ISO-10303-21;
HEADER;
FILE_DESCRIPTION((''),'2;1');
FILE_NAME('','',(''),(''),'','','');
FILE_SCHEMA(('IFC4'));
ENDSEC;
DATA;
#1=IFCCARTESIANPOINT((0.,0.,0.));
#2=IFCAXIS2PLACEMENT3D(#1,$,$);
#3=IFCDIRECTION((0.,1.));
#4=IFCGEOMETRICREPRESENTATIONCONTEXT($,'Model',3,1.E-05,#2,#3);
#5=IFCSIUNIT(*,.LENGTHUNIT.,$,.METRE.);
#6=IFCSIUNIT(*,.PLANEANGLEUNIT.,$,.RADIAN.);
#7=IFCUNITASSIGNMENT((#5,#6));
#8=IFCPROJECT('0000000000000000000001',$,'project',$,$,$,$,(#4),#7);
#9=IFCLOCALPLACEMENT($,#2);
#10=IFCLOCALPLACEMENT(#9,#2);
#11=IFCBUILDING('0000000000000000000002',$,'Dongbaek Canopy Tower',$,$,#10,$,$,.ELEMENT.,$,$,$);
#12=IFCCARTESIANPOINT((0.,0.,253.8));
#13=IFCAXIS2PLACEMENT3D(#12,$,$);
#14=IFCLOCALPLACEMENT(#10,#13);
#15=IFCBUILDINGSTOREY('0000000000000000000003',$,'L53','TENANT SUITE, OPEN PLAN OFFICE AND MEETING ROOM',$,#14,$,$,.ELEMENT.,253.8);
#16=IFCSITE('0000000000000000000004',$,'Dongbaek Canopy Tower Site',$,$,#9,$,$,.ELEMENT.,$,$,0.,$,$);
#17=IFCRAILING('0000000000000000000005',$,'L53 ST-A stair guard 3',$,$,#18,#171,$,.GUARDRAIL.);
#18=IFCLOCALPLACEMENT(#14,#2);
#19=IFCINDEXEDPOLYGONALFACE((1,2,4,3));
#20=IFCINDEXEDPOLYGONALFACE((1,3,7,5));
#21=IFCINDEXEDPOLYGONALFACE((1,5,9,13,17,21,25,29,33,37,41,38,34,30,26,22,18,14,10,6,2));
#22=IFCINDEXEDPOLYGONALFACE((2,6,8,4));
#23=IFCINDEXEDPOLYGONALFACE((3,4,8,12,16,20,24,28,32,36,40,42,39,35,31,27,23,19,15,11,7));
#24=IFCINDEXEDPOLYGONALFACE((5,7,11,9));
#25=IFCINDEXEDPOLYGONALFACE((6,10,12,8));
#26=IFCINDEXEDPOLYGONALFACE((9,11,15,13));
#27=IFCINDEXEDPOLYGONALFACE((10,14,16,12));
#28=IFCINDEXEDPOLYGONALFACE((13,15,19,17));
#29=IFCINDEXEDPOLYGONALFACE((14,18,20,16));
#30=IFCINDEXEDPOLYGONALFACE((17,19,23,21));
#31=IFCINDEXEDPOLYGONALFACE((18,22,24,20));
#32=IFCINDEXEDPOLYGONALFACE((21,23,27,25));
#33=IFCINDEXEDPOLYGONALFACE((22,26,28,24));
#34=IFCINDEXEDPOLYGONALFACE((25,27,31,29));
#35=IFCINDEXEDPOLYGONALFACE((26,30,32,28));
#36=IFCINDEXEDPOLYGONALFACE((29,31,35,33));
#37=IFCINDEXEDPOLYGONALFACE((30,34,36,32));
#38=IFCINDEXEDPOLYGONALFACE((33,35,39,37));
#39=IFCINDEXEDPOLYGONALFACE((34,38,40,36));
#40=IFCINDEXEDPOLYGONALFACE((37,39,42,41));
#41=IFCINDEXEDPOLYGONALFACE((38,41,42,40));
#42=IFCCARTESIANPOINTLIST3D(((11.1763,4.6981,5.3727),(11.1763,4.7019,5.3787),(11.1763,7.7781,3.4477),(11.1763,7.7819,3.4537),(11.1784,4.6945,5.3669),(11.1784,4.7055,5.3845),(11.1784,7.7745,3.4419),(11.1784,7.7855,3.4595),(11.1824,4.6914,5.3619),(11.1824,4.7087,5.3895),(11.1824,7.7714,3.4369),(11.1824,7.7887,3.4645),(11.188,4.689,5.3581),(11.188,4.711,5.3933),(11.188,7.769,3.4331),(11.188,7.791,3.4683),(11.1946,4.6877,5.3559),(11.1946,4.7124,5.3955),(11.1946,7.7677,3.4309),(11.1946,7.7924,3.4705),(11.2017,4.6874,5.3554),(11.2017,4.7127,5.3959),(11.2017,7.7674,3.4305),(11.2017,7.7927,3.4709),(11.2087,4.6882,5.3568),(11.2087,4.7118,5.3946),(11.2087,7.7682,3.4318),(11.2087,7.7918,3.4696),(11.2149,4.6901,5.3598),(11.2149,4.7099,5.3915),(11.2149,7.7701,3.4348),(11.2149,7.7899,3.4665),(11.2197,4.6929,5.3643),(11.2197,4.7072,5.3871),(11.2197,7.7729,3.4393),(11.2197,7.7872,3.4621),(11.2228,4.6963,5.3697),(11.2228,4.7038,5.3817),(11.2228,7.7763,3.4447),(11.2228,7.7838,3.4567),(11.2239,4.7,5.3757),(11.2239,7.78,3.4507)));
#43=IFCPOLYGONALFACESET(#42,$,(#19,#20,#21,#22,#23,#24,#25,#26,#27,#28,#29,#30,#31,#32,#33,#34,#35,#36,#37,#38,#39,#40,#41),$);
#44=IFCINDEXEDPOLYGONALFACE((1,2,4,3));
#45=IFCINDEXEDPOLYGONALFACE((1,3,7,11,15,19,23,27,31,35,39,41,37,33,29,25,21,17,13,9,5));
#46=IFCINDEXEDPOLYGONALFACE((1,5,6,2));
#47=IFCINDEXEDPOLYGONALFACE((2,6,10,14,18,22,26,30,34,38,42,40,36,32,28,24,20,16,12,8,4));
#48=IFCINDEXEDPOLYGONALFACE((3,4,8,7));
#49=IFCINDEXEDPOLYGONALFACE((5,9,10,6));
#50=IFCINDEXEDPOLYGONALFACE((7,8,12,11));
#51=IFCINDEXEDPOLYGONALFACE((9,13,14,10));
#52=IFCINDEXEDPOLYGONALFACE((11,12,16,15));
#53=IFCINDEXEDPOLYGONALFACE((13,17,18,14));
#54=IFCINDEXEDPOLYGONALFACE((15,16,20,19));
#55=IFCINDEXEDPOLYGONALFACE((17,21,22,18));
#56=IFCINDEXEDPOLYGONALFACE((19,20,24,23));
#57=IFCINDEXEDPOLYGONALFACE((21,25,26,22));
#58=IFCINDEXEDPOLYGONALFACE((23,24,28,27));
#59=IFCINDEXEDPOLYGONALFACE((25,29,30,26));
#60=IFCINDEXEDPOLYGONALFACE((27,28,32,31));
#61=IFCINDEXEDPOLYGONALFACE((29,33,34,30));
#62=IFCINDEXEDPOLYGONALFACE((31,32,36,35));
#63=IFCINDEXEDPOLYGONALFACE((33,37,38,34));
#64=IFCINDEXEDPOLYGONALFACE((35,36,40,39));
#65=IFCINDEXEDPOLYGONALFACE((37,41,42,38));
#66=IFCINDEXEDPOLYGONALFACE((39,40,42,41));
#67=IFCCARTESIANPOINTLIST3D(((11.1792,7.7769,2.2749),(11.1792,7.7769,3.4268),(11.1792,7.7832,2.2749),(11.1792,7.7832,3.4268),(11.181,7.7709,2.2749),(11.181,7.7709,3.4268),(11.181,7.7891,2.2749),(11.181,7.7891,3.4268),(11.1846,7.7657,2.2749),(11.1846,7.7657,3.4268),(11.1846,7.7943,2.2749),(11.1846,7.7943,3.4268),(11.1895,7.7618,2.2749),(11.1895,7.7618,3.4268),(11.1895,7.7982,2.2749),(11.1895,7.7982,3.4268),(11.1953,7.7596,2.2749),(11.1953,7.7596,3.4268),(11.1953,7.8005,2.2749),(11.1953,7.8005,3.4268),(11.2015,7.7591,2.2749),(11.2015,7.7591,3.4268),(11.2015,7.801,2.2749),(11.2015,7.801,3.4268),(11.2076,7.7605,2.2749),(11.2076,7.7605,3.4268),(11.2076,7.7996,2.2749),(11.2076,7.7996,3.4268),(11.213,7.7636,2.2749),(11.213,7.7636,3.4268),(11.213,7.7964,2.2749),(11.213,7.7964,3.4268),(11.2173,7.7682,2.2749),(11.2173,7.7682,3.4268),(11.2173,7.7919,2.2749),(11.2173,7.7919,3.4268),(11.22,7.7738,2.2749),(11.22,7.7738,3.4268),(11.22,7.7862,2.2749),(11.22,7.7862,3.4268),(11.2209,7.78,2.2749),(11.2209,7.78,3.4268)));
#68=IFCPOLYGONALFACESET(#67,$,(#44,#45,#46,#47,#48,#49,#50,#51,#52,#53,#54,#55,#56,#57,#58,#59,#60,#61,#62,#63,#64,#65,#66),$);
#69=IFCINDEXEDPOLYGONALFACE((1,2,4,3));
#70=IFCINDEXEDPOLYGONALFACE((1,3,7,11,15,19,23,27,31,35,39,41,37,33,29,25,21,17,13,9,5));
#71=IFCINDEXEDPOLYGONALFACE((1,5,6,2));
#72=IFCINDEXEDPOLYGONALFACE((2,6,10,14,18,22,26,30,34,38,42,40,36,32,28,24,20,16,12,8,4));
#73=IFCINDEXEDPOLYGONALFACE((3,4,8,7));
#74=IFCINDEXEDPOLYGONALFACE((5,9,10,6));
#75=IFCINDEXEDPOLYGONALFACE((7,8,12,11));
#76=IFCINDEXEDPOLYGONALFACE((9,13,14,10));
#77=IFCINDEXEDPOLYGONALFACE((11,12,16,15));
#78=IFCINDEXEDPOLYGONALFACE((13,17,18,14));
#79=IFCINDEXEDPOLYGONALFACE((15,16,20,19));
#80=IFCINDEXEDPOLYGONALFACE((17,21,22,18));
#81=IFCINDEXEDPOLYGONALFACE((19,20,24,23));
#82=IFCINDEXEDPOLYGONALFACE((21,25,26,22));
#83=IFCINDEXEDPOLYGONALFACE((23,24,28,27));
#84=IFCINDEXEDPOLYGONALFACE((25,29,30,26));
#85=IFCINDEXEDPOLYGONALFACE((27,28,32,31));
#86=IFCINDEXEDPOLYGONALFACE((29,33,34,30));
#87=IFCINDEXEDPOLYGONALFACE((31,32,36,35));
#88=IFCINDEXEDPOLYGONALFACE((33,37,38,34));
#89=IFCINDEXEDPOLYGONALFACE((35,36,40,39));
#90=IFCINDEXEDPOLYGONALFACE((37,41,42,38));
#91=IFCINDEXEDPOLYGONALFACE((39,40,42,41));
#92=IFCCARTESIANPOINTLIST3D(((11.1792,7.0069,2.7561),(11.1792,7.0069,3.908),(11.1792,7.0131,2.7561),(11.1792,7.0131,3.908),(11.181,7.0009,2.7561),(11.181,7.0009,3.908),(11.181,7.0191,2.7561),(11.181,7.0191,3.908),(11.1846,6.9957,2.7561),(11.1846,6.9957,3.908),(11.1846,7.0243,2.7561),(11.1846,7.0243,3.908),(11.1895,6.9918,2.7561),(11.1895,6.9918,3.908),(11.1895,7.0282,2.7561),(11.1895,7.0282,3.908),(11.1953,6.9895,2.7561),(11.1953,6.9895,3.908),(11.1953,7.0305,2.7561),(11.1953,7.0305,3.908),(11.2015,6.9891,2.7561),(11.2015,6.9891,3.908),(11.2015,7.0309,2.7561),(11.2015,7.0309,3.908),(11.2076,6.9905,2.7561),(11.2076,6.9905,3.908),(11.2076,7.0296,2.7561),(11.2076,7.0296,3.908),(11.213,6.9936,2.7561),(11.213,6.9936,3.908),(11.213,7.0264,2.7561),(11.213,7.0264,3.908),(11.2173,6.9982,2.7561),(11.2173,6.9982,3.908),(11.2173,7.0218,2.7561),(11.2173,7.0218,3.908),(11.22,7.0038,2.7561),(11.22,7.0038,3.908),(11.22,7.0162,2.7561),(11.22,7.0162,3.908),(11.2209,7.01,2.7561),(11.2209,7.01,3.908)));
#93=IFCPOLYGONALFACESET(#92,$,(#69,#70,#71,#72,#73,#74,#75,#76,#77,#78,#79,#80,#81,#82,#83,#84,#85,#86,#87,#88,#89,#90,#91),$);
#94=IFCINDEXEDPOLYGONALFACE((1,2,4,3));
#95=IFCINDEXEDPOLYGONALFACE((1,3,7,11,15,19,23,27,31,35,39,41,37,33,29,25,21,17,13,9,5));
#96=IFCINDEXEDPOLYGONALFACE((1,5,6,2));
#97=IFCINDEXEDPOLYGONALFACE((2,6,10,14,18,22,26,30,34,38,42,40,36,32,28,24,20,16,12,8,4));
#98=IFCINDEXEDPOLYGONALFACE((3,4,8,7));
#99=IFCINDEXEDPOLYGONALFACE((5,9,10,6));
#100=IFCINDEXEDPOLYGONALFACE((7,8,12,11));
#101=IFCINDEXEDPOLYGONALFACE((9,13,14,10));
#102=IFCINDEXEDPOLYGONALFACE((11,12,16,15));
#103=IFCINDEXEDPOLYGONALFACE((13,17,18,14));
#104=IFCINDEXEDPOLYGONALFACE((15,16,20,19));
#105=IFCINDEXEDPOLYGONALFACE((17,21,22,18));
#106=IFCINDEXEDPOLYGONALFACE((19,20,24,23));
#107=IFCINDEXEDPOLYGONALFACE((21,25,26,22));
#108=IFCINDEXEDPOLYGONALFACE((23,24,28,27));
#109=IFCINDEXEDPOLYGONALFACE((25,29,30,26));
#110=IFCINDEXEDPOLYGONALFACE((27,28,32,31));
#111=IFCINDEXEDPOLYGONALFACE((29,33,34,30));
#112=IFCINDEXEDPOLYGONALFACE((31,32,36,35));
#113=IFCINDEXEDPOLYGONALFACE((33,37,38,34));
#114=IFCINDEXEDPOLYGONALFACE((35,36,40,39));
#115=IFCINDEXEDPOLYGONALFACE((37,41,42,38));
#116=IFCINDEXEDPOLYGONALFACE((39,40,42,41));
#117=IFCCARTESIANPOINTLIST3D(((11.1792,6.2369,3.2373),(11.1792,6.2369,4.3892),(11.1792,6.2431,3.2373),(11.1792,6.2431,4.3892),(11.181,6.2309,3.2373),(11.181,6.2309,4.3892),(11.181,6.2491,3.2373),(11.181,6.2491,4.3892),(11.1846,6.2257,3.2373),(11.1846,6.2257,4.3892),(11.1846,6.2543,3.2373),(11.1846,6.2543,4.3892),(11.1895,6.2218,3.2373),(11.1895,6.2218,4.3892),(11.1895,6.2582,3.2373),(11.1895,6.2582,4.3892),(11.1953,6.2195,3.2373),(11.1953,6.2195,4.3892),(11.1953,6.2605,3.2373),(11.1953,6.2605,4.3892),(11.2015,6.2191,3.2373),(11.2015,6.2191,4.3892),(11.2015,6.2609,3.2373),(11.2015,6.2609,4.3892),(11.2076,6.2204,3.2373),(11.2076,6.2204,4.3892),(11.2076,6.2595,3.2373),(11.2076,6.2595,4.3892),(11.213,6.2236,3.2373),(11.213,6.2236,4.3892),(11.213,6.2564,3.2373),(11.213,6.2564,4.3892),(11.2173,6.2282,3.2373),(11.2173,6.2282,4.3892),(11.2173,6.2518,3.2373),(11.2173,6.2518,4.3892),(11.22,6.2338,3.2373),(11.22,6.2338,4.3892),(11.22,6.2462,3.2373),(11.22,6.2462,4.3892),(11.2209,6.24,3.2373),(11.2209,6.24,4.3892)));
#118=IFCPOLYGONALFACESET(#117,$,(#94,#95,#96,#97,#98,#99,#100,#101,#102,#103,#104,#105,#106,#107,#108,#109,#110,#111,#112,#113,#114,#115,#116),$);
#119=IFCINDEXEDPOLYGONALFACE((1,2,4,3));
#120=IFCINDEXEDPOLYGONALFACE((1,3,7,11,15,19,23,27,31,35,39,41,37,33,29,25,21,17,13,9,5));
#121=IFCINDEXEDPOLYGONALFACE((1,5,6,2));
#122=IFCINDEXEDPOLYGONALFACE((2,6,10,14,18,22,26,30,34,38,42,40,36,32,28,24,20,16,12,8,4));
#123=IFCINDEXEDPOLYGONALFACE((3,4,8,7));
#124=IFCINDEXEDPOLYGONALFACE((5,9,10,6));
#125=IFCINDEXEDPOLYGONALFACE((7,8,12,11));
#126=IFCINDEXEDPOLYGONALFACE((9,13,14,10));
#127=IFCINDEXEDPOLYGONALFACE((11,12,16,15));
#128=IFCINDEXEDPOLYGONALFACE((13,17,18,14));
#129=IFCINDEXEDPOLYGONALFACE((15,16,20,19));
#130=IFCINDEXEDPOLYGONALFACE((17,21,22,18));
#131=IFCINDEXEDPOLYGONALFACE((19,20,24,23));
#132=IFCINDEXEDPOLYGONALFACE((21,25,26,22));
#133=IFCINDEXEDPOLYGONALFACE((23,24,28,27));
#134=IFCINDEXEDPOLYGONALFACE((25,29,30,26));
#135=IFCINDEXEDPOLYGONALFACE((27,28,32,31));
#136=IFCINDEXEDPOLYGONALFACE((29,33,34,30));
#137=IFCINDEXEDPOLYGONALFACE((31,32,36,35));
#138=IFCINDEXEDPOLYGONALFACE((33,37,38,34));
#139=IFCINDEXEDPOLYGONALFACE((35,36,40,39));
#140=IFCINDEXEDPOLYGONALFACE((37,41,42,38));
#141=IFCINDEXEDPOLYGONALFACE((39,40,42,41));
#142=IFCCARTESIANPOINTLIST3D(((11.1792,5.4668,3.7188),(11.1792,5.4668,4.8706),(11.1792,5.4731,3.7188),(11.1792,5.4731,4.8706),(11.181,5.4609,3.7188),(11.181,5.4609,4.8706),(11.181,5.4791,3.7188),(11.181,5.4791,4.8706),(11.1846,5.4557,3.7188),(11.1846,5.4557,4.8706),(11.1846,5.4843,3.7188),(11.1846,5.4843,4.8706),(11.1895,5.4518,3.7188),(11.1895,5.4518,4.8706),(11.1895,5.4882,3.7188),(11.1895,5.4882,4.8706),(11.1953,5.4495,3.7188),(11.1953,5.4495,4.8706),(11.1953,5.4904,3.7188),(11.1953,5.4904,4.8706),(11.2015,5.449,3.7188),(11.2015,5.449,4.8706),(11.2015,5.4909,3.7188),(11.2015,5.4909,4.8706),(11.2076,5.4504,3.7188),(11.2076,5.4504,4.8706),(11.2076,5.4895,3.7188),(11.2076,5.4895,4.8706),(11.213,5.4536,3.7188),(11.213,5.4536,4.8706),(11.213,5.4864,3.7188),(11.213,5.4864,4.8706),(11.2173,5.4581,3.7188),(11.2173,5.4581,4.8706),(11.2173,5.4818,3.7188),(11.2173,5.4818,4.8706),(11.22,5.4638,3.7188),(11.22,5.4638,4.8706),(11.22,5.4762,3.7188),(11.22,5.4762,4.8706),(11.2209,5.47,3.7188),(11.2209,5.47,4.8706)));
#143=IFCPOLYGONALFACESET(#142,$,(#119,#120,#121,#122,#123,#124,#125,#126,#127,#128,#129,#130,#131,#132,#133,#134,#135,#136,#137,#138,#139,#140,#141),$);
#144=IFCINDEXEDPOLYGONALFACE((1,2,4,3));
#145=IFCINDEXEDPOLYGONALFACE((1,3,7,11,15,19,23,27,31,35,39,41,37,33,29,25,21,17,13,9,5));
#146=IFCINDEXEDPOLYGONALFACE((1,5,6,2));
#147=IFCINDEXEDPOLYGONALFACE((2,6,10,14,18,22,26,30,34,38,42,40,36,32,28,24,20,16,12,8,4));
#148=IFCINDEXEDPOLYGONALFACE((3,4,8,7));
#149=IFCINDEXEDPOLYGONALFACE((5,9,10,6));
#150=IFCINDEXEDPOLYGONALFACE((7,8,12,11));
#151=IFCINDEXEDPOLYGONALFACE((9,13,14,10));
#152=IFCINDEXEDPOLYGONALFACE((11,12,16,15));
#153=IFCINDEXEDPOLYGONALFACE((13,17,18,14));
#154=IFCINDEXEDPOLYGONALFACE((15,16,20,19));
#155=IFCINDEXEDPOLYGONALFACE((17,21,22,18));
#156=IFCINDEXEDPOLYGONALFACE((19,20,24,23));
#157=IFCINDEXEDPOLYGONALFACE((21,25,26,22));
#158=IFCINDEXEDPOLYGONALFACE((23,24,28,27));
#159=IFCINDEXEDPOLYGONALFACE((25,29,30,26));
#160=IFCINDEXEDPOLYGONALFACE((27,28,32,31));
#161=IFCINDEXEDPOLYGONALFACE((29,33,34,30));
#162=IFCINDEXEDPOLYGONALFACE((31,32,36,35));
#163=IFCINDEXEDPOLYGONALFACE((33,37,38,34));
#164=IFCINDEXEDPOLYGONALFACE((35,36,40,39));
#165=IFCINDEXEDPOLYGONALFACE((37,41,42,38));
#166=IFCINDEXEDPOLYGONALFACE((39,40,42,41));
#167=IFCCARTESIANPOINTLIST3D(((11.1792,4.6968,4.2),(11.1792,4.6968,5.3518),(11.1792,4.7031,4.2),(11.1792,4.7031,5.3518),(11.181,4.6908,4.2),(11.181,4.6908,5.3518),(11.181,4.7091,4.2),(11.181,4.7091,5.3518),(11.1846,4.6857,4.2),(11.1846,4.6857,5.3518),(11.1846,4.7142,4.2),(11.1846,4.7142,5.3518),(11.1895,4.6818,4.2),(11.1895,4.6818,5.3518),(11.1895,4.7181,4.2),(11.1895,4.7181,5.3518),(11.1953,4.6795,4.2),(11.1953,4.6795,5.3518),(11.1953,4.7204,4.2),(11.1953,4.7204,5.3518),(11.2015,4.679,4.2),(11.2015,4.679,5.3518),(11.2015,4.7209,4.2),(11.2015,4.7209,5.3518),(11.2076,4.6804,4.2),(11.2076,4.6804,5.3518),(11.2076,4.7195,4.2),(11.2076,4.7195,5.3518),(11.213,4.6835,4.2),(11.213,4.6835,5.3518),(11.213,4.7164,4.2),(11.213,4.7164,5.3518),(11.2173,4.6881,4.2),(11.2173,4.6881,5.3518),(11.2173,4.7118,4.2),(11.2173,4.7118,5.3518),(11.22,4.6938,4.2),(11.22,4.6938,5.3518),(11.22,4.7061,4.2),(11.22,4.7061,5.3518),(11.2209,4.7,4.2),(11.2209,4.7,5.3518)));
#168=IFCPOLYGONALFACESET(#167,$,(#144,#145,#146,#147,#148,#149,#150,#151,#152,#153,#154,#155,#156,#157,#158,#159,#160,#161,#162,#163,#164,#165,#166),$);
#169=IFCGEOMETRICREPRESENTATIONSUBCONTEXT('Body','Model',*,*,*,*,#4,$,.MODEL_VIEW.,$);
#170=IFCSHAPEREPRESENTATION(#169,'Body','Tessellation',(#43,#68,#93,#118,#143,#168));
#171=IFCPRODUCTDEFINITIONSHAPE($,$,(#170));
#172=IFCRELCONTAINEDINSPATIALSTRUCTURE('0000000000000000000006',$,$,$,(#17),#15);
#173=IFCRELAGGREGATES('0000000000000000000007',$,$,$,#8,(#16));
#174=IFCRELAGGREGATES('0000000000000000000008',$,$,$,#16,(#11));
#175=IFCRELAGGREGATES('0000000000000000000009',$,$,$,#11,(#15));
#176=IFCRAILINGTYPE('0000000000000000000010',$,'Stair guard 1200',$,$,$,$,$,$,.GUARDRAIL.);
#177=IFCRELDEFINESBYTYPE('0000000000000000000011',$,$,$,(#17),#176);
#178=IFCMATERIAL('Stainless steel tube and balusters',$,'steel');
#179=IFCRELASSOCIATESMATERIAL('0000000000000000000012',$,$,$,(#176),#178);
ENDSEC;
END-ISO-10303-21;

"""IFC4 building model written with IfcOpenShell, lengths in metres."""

from ifc_helpers import new_model, si_unit, direction, frame, origin, origin_2d, place, context, subcontext, project, spatial, circle, extrude, material, type_object, element, save


model = new_model("IFC4")

# Units and contexts
model_context = context("Model", 3, precision=1e-05, world=origin(), true_north=direction((0.0, 1.0)))
body_context = subcontext(model_context, "Body", "Model", "MODEL_VIEW")
ifc_project = project(units=[si_unit("LENGTHUNIT", "METRE"), si_unit("PLANEANGLEUNIT", "RADIAN")], contexts=[model_context])

# Site, building, storey
site_placement = place(None, origin())
site = spatial("IfcSite", under=ifc_project, at=site_placement, Name="Dongbaek Canopy Tower Site", CompositionType="ELEMENT", RefElevation=0.0)
building_placement = place(site_placement, origin())
building = spatial("IfcBuilding", under=site, at=building_placement, Name="Dongbaek Canopy Tower", CompositionType="ELEMENT")
storey_placement = place(building_placement, frame((0.0, 0.0, 253.8)))
storey = spatial("IfcBuildingStorey", under=building, at=storey_placement, Name="L53", Description="TENANT SUITE, OPEN PLAN OFFICE AND MEETING ROOM", CompositionType="ELEMENT", Elevation=253.8)

# Railing
ifc_material_1 = material(Name="Stainless steel tube and balusters", Category="steel")
railing_type_1 = type_object("IfcRailingType", Name="Stair guard 1200", PredefinedType="GUARDRAIL", material=ifc_material_1)
railing_1_placement = place(storey_placement, frame((11.2, 7.78, 2.2749)))
element("IfcRailing", 1, at=railing_1_placement, inside=storey, type_object=railing_type_1, Name="L53 ST-A stair guard 3", PredefinedType="GUARDRAIL", context=body_context, shape_type="SweptSolid", body=[
    extrude(circle(Radius=0.0239, at=origin_2d()), frame((0.0, 0.0, 1.1758), z_axis=(0.0, -0.847998, 0.529999), x_axis=(1.0, 0.0, 0.0)), (0.0, 0.0, 1.0), 3.6321),
    extrude(circle(Radius=0.021, at=origin_2d()), origin(), (0.0, 0.0, 1.0), 1.1519),
    extrude(circle(Radius=0.021, at=origin_2d()), frame((0.0, -0.77, 0.4812)), (0.0, 0.0, 1.0), 1.1519),
    extrude(circle(Radius=0.021, at=origin_2d()), frame((0.0, -1.54, 0.9624)), (0.0, 0.0, 1.0), 1.1519),
    extrude(circle(Radius=0.021, at=origin_2d()), frame((0.0, -2.3101, 1.4438)), (0.0, 0.0, 1.0), 1.1519),
    extrude(circle(Radius=0.021, at=origin_2d()), frame((0.0, -3.0801, 1.925)), (0.0, 0.0, 1.0), 1.1519),
])

save(model, "model.ifc")
